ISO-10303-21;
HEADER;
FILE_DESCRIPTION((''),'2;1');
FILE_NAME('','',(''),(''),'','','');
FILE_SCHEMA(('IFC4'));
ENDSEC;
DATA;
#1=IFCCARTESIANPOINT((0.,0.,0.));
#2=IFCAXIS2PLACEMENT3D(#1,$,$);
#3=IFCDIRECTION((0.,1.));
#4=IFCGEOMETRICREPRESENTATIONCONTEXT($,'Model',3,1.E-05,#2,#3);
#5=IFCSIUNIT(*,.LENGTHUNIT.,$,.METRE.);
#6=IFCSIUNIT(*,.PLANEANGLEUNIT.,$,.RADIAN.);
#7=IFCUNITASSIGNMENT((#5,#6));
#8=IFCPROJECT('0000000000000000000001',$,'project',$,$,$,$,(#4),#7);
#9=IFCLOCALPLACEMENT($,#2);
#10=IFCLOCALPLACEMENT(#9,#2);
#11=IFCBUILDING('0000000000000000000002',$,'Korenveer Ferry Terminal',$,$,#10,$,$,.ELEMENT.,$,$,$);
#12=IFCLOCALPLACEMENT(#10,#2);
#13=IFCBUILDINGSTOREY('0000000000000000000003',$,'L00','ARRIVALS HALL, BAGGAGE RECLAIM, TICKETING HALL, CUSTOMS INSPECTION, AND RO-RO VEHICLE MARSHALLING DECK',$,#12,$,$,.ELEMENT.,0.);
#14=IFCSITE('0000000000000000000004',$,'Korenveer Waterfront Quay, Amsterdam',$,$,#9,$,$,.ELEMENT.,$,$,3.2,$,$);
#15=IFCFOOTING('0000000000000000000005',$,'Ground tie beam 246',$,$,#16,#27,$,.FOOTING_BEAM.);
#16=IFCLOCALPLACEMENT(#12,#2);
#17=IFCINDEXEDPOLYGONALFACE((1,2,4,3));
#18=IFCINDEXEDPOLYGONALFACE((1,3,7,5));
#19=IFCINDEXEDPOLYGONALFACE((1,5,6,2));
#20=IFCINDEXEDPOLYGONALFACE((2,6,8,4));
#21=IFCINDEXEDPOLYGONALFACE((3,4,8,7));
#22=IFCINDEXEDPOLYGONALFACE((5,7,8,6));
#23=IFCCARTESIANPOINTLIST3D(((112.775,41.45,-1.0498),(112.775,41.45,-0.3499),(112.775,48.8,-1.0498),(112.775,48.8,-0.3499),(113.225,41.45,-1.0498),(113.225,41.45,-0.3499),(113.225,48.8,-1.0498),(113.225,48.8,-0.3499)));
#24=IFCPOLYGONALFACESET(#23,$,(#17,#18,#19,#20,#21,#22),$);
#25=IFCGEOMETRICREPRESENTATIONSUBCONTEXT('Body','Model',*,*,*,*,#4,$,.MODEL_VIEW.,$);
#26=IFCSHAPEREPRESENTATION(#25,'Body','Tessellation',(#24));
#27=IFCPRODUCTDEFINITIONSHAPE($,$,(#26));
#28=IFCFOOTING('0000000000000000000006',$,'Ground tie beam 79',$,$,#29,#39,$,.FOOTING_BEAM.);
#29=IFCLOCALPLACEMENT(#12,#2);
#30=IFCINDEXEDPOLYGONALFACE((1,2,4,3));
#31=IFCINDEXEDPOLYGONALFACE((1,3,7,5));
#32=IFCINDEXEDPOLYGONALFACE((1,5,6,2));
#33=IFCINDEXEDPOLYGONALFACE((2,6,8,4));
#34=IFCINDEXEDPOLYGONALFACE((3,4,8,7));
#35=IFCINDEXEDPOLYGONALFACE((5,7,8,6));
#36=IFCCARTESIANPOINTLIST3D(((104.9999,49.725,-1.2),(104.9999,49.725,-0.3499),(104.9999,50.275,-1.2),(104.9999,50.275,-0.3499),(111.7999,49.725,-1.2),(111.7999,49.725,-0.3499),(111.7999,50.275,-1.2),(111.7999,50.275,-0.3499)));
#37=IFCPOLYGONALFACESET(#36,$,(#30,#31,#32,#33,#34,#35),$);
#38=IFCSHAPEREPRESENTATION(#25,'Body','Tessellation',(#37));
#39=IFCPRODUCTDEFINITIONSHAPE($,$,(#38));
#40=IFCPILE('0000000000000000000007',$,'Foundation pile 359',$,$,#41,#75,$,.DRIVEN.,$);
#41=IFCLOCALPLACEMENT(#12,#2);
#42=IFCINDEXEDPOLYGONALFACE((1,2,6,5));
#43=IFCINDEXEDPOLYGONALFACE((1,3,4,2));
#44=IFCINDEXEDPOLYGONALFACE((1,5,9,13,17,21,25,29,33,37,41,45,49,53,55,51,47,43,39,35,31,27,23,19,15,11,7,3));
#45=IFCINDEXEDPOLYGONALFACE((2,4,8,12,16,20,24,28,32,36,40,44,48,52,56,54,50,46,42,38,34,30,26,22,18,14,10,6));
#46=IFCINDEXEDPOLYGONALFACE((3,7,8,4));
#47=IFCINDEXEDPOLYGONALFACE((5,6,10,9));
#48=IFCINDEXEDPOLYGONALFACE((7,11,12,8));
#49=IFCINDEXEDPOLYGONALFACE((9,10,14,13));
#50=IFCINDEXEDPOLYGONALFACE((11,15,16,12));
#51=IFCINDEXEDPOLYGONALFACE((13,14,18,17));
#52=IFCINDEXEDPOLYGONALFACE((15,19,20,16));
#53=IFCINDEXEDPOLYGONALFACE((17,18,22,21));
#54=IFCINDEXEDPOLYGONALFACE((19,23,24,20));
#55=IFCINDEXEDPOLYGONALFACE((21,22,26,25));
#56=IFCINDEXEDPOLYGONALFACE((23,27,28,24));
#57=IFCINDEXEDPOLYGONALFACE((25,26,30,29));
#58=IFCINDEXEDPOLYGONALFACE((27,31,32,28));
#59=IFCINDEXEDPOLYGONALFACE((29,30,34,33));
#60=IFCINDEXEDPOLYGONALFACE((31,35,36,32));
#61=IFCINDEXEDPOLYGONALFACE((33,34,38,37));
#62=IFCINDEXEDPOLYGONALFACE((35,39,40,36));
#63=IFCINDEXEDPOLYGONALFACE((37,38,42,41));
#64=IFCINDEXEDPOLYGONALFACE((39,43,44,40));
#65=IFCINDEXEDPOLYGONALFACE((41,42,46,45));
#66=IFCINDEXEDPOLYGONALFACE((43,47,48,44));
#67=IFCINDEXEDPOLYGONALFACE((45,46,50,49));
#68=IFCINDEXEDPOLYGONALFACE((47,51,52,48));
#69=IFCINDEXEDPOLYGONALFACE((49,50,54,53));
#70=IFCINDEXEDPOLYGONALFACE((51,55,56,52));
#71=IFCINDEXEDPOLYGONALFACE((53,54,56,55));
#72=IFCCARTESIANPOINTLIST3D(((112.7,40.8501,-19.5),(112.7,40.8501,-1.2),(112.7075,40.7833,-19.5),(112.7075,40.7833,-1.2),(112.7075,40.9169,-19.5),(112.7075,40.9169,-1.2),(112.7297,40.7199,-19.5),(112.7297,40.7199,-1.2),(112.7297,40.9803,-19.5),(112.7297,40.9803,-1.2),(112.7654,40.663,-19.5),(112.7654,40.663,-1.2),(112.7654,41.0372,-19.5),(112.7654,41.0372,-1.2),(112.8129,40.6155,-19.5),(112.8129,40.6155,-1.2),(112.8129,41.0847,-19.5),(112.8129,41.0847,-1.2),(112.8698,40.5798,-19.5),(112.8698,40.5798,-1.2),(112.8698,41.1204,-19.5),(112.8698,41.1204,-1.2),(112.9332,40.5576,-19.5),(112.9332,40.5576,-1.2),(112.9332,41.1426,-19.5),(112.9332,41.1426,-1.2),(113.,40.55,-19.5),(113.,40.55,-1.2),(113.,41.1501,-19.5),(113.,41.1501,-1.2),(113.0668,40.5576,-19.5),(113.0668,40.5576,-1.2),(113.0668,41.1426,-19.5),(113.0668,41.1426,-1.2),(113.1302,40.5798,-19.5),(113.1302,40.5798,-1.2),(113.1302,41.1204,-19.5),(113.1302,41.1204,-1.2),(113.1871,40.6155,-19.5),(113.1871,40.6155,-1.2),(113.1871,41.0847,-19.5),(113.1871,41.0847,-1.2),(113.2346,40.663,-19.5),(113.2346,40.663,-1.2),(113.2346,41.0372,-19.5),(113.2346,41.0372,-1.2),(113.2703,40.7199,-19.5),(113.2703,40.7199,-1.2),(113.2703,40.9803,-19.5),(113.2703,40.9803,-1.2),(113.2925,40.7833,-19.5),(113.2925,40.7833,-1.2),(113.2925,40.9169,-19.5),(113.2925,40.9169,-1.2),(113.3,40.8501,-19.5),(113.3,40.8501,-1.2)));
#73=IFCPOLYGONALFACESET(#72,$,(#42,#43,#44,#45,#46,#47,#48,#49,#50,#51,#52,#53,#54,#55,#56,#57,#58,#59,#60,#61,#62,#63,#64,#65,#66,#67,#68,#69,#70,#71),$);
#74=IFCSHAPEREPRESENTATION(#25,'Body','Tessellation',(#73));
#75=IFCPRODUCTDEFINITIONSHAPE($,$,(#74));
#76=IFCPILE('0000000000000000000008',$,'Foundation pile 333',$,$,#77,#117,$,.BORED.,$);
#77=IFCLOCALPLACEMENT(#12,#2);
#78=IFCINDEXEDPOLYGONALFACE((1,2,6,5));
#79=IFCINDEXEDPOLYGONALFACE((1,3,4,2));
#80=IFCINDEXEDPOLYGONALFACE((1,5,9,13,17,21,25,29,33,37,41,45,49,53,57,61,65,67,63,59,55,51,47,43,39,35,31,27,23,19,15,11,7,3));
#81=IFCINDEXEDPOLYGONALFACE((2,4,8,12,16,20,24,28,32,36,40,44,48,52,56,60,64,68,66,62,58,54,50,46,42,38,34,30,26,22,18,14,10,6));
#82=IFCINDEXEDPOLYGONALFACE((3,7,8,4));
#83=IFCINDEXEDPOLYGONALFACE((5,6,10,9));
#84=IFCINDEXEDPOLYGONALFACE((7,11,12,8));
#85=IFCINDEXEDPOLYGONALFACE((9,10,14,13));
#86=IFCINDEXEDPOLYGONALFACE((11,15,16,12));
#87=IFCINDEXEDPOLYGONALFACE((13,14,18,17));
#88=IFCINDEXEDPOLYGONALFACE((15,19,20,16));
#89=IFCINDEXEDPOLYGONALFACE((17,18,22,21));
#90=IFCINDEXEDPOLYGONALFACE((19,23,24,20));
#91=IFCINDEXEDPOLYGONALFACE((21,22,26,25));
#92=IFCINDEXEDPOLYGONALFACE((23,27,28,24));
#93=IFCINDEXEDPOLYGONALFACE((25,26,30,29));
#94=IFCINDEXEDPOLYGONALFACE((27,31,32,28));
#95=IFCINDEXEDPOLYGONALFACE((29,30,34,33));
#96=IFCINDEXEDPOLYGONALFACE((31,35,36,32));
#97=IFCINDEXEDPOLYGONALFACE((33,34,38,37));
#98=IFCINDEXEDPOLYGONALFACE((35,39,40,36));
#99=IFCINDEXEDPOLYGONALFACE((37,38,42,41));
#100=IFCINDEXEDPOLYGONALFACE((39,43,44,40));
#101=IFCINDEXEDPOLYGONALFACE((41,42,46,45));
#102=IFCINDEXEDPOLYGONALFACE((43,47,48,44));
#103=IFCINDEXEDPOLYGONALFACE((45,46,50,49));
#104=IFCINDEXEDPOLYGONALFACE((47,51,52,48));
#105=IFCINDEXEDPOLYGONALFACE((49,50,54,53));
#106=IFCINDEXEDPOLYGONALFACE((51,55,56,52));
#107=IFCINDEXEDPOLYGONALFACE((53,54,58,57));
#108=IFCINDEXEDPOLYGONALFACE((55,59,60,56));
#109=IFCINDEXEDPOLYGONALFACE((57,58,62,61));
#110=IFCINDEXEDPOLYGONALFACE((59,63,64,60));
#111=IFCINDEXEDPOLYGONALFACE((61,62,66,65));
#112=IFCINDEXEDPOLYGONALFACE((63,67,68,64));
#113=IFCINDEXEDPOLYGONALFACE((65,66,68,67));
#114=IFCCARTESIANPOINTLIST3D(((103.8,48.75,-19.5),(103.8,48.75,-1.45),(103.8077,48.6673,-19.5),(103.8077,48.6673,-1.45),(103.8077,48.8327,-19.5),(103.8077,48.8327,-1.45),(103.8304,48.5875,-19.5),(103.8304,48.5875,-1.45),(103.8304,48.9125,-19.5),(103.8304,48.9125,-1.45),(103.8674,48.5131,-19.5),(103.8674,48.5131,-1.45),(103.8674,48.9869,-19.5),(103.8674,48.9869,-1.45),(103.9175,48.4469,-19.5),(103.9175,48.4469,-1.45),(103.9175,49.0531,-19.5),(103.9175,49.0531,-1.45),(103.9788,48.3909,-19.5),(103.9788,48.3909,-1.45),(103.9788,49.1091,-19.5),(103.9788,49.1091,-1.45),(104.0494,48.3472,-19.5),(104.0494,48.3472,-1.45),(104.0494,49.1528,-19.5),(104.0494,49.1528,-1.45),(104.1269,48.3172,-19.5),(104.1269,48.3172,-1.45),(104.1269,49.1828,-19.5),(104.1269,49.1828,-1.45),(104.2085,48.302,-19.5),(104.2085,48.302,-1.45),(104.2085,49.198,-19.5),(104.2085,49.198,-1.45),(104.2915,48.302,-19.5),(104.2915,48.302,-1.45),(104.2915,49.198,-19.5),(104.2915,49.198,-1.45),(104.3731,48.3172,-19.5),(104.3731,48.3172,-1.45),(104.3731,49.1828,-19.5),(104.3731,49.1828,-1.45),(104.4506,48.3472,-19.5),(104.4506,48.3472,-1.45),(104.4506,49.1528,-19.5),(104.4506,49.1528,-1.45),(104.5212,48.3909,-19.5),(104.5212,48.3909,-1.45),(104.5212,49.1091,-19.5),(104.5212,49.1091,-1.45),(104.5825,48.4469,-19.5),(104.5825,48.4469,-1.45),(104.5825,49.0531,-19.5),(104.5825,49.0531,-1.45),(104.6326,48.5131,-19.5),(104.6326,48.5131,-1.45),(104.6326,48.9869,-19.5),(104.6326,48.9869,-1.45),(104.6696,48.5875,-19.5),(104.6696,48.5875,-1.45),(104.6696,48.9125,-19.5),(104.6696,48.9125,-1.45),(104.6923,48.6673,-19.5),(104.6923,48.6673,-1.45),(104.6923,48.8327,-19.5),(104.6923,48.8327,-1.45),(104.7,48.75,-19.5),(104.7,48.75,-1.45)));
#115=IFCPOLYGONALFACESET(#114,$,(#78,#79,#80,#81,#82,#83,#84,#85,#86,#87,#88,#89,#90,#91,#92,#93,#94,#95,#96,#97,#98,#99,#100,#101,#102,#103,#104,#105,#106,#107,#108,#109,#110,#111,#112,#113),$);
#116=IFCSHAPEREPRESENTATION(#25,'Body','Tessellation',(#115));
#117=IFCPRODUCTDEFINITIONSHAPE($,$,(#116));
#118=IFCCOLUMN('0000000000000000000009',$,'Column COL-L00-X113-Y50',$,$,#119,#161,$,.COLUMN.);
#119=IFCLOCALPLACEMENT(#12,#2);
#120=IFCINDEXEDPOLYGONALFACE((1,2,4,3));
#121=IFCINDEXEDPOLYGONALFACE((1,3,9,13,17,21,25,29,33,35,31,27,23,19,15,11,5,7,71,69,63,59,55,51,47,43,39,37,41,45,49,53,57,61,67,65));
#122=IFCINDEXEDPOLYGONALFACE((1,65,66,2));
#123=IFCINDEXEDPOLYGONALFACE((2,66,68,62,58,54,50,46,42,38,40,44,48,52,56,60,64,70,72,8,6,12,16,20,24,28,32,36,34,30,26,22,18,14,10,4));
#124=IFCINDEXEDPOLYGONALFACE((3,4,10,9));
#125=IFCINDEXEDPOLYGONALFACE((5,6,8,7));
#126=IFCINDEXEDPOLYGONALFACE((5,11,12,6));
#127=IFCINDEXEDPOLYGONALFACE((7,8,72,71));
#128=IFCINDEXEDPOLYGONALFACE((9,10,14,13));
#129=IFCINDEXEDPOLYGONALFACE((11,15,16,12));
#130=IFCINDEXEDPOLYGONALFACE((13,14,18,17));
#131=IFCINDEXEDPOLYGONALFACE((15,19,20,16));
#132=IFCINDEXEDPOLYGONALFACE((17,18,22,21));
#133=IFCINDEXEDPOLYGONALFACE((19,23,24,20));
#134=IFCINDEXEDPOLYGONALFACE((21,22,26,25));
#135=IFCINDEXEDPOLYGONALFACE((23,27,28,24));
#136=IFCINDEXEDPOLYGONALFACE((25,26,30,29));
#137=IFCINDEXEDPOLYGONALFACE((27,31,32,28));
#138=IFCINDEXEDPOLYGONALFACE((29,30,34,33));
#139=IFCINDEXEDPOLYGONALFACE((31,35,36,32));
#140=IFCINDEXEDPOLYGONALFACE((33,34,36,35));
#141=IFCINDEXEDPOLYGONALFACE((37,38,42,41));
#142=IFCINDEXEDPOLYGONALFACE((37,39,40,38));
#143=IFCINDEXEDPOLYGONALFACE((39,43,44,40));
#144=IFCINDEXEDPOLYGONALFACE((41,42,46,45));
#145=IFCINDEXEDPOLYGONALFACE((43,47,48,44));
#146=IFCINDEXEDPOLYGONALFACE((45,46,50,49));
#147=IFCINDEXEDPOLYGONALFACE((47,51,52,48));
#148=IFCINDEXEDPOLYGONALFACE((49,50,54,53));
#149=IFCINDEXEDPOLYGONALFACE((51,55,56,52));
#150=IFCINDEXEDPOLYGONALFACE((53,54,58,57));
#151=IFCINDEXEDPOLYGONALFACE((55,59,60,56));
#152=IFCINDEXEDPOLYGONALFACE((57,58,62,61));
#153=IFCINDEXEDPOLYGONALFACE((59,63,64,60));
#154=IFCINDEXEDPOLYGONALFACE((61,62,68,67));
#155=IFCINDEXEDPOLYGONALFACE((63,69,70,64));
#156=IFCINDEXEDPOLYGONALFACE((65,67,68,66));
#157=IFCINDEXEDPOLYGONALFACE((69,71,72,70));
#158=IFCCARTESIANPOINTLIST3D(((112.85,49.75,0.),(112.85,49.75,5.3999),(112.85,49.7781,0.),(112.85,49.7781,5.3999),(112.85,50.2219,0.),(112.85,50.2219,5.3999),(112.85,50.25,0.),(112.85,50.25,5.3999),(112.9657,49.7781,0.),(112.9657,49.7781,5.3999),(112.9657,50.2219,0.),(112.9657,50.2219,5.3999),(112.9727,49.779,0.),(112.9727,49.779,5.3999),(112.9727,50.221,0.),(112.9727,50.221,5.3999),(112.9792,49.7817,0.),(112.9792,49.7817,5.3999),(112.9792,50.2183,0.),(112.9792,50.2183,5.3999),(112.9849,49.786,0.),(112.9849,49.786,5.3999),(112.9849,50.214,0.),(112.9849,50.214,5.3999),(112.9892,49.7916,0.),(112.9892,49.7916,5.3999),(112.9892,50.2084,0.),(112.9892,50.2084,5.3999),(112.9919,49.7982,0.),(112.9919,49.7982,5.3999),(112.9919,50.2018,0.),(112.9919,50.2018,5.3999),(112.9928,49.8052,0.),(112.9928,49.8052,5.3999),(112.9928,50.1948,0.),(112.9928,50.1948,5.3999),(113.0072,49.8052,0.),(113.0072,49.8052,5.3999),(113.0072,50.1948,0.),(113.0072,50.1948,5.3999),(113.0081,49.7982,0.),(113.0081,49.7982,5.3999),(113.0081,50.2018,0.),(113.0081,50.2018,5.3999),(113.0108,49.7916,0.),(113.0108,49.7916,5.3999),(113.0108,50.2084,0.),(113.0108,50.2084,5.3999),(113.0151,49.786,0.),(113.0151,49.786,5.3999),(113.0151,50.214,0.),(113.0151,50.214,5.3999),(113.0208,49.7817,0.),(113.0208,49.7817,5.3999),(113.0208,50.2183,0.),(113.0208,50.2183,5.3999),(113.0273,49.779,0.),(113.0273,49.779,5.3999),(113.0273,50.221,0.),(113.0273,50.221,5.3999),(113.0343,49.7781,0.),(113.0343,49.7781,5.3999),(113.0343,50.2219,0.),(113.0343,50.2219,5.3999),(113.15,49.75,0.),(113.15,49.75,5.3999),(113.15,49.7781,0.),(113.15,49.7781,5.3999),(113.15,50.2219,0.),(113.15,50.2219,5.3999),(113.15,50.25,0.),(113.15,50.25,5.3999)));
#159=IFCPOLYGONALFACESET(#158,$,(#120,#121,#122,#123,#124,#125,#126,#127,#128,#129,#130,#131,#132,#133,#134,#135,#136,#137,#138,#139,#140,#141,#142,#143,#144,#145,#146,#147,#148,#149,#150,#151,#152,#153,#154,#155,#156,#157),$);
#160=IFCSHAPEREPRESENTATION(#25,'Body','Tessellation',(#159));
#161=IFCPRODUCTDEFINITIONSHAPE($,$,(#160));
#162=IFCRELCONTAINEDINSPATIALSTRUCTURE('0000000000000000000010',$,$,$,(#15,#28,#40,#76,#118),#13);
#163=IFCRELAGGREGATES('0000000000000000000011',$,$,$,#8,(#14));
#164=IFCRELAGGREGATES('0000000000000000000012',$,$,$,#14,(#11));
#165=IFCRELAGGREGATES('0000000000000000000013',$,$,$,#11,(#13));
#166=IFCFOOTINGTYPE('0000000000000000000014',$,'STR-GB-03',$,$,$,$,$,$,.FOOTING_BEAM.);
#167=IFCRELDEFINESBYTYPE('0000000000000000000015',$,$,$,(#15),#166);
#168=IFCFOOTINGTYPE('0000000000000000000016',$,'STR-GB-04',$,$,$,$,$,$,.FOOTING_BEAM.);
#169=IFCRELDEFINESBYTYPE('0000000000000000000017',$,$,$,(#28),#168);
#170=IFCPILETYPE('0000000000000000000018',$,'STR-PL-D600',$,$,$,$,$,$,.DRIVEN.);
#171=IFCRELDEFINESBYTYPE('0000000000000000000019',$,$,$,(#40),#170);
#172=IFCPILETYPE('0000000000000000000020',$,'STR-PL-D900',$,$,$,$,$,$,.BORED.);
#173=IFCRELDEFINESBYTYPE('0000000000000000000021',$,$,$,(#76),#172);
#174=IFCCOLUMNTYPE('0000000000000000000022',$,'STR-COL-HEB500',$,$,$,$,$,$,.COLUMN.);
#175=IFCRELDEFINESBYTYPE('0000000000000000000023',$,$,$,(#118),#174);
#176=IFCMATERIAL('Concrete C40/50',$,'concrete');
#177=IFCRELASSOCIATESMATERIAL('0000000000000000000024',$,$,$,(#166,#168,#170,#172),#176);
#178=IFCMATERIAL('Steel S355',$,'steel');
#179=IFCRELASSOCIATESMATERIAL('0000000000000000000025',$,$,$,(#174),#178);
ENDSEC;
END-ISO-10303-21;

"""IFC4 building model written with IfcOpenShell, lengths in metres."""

from ifc_helpers import new_model, si_unit, direction, frame, origin, origin_2d, place, context, subcontext, project, spatial, rectangle, circle, i_section, extrude, material, material_profile, profile_set, type_object, element, save


model = new_model("IFC4")

# Units and contexts
model_context = context("Model", 3, precision=1e-05, world=origin(), true_north=direction((0.0, 1.0)))
body_context = subcontext(model_context, "Body", "Model", "MODEL_VIEW")
ifc_project = project(units=[si_unit("LENGTHUNIT", "METRE"), si_unit("PLANEANGLEUNIT", "RADIAN")], contexts=[model_context])

# Site, building, storey
site_placement = place(None, origin())
site = spatial("IfcSite", under=ifc_project, at=site_placement, Name="Korenveer Waterfront Quay, Amsterdam", CompositionType="ELEMENT", RefElevation=3.2)
building_placement = place(site_placement, origin())
building = spatial("IfcBuilding", under=site, at=building_placement, Name="Korenveer Ferry Terminal", CompositionType="ELEMENT")
storey_placement = place(building_placement, origin())
storey = spatial("IfcBuildingStorey", under=building, at=storey_placement, Name="L00", Description="ARRIVALS HALL, BAGGAGE RECLAIM, TICKETING HALL, CUSTOMS INSPECTION, AND RO-RO VEHICLE MARSHALLING DECK", CompositionType="ELEMENT", Elevation=0.0)

# Footings
ifc_material_1 = material(Name="Concrete C40/50", Category="concrete")
footing_type_1 = type_object("IfcFootingType", Name="STR-GB-03", PredefinedType="FOOTING_BEAM", material=ifc_material_1)
footing_1_placement = place(storey_placement, frame((113.0, 45.125, -1.0498), z_axis=(0.0, 0.0, 1.0), x_axis=(1.0, 0.0, 0.0)))
element("IfcFooting", 1, at=footing_1_placement, inside=storey, type_object=footing_type_1, Name="Ground tie beam 246", PredefinedType="FOOTING_BEAM", context=body_context, shape_type="SweptSolid", body=[
    extrude(rectangle(XDim=0.45, YDim=7.3501, at=origin_2d()), origin(), (0.0, 0.0, 1.0), 0.7),
])
footing_type_2 = type_object("IfcFootingType", Name="STR-GB-04", PredefinedType="FOOTING_BEAM", material=ifc_material_1)
footing_2_placement = place(storey_placement, frame((108.3999, 50.0, -1.2), z_axis=(0.0, 0.0, 1.0), x_axis=(1.0, 0.0, 0.0)))
element("IfcFooting", 2, at=footing_2_placement, inside=storey, type_object=footing_type_2, Name="Ground tie beam 79", PredefinedType="FOOTING_BEAM", context=body_context, shape_type="SweptSolid", body=[
    extrude(rectangle(XDim=6.8, YDim=0.55, at=origin_2d()), origin(), (0.0, 0.0, 1.0), 0.8501),
])

# Piles
ifc_material_profile_1 = material_profile(ifc_material_1, circle(Radius=0.3, at=origin_2d()), Name="PILE D600")
ifc_profile_set_1 = profile_set([ifc_material_profile_1], Name="Concrete C40/50")
pile_type_1 = type_object("IfcPileType", Name="STR-PL-D600", PredefinedType="DRIVEN", material=ifc_profile_set_1)
pile_1_placement = place(storey_placement, frame((113.0, 40.8501, -1.2), z_axis=(0.0, 0.0, -1.0), x_axis=(1.0, 0.0, 0.0)))
element("IfcPile", 3, at=pile_1_placement, inside=storey, type_object=pile_type_1, Name="Foundation pile 359", PredefinedType="DRIVEN", context=body_context, shape_type="SweptSolid", body=[
    extrude(circle(Radius=0.3, at=origin_2d()), origin(), (0.0, 0.0, 1.0), 18.3),
])
ifc_material_profile_2 = material_profile(ifc_material_1, circle(Radius=0.45, at=origin_2d()), Name="PILE D900")
ifc_profile_set_2 = profile_set([ifc_material_profile_2], Name="Concrete C40/50")
pile_type_2 = type_object("IfcPileType", Name="STR-PL-D900", PredefinedType="BORED", material=ifc_profile_set_2)
pile_2_placement = place(storey_placement, frame((104.25, 48.75, -1.45), z_axis=(0.0, 0.0, -1.0), x_axis=(1.0, 0.0, 0.0)))
element("IfcPile", 4, at=pile_2_placement, inside=storey, type_object=pile_type_2, Name="Foundation pile 333", PredefinedType="BORED", context=body_context, shape_type="SweptSolid", body=[
    extrude(circle(Radius=0.45, at=origin_2d()), origin(), (0.0, 0.0, 1.0), 18.05),
])

# Column
ifc_material_2 = material(Name="Steel S355", Category="steel")
ifc_material_profile_3 = material_profile(ifc_material_2, i_section(OverallWidth=0.3, OverallDepth=0.5, WebThickness=0.0144, FlangeThickness=0.0281, FilletRadius=0.0271, at=origin_2d()), Name="HEB 500")
ifc_profile_set_3 = profile_set([ifc_material_profile_3], Name="Steel S355")
column_type = type_object("IfcColumnType", Name="STR-COL-HEB500", PredefinedType="COLUMN", material=ifc_profile_set_3)
column_placement = place(storey_placement, frame((113.0, 50.0, 0.0), z_axis=(0.0, 0.0, 1.0), x_axis=(1.0, 0.0, 0.0)))
element("IfcColumn", 5, at=column_placement, inside=storey, type_object=column_type, Name="Column COL-L00-X113-Y50", PredefinedType="COLUMN", context=body_context, shape_type="SweptSolid", body=[
    extrude(i_section(OverallWidth=0.3, OverallDepth=0.5, WebThickness=0.0144, FlangeThickness=0.0281, FilletRadius=0.0271, at=origin_2d()), origin(), (0.0, 0.0, 1.0), 5.3999),
])

save(model, "model.ifc")
